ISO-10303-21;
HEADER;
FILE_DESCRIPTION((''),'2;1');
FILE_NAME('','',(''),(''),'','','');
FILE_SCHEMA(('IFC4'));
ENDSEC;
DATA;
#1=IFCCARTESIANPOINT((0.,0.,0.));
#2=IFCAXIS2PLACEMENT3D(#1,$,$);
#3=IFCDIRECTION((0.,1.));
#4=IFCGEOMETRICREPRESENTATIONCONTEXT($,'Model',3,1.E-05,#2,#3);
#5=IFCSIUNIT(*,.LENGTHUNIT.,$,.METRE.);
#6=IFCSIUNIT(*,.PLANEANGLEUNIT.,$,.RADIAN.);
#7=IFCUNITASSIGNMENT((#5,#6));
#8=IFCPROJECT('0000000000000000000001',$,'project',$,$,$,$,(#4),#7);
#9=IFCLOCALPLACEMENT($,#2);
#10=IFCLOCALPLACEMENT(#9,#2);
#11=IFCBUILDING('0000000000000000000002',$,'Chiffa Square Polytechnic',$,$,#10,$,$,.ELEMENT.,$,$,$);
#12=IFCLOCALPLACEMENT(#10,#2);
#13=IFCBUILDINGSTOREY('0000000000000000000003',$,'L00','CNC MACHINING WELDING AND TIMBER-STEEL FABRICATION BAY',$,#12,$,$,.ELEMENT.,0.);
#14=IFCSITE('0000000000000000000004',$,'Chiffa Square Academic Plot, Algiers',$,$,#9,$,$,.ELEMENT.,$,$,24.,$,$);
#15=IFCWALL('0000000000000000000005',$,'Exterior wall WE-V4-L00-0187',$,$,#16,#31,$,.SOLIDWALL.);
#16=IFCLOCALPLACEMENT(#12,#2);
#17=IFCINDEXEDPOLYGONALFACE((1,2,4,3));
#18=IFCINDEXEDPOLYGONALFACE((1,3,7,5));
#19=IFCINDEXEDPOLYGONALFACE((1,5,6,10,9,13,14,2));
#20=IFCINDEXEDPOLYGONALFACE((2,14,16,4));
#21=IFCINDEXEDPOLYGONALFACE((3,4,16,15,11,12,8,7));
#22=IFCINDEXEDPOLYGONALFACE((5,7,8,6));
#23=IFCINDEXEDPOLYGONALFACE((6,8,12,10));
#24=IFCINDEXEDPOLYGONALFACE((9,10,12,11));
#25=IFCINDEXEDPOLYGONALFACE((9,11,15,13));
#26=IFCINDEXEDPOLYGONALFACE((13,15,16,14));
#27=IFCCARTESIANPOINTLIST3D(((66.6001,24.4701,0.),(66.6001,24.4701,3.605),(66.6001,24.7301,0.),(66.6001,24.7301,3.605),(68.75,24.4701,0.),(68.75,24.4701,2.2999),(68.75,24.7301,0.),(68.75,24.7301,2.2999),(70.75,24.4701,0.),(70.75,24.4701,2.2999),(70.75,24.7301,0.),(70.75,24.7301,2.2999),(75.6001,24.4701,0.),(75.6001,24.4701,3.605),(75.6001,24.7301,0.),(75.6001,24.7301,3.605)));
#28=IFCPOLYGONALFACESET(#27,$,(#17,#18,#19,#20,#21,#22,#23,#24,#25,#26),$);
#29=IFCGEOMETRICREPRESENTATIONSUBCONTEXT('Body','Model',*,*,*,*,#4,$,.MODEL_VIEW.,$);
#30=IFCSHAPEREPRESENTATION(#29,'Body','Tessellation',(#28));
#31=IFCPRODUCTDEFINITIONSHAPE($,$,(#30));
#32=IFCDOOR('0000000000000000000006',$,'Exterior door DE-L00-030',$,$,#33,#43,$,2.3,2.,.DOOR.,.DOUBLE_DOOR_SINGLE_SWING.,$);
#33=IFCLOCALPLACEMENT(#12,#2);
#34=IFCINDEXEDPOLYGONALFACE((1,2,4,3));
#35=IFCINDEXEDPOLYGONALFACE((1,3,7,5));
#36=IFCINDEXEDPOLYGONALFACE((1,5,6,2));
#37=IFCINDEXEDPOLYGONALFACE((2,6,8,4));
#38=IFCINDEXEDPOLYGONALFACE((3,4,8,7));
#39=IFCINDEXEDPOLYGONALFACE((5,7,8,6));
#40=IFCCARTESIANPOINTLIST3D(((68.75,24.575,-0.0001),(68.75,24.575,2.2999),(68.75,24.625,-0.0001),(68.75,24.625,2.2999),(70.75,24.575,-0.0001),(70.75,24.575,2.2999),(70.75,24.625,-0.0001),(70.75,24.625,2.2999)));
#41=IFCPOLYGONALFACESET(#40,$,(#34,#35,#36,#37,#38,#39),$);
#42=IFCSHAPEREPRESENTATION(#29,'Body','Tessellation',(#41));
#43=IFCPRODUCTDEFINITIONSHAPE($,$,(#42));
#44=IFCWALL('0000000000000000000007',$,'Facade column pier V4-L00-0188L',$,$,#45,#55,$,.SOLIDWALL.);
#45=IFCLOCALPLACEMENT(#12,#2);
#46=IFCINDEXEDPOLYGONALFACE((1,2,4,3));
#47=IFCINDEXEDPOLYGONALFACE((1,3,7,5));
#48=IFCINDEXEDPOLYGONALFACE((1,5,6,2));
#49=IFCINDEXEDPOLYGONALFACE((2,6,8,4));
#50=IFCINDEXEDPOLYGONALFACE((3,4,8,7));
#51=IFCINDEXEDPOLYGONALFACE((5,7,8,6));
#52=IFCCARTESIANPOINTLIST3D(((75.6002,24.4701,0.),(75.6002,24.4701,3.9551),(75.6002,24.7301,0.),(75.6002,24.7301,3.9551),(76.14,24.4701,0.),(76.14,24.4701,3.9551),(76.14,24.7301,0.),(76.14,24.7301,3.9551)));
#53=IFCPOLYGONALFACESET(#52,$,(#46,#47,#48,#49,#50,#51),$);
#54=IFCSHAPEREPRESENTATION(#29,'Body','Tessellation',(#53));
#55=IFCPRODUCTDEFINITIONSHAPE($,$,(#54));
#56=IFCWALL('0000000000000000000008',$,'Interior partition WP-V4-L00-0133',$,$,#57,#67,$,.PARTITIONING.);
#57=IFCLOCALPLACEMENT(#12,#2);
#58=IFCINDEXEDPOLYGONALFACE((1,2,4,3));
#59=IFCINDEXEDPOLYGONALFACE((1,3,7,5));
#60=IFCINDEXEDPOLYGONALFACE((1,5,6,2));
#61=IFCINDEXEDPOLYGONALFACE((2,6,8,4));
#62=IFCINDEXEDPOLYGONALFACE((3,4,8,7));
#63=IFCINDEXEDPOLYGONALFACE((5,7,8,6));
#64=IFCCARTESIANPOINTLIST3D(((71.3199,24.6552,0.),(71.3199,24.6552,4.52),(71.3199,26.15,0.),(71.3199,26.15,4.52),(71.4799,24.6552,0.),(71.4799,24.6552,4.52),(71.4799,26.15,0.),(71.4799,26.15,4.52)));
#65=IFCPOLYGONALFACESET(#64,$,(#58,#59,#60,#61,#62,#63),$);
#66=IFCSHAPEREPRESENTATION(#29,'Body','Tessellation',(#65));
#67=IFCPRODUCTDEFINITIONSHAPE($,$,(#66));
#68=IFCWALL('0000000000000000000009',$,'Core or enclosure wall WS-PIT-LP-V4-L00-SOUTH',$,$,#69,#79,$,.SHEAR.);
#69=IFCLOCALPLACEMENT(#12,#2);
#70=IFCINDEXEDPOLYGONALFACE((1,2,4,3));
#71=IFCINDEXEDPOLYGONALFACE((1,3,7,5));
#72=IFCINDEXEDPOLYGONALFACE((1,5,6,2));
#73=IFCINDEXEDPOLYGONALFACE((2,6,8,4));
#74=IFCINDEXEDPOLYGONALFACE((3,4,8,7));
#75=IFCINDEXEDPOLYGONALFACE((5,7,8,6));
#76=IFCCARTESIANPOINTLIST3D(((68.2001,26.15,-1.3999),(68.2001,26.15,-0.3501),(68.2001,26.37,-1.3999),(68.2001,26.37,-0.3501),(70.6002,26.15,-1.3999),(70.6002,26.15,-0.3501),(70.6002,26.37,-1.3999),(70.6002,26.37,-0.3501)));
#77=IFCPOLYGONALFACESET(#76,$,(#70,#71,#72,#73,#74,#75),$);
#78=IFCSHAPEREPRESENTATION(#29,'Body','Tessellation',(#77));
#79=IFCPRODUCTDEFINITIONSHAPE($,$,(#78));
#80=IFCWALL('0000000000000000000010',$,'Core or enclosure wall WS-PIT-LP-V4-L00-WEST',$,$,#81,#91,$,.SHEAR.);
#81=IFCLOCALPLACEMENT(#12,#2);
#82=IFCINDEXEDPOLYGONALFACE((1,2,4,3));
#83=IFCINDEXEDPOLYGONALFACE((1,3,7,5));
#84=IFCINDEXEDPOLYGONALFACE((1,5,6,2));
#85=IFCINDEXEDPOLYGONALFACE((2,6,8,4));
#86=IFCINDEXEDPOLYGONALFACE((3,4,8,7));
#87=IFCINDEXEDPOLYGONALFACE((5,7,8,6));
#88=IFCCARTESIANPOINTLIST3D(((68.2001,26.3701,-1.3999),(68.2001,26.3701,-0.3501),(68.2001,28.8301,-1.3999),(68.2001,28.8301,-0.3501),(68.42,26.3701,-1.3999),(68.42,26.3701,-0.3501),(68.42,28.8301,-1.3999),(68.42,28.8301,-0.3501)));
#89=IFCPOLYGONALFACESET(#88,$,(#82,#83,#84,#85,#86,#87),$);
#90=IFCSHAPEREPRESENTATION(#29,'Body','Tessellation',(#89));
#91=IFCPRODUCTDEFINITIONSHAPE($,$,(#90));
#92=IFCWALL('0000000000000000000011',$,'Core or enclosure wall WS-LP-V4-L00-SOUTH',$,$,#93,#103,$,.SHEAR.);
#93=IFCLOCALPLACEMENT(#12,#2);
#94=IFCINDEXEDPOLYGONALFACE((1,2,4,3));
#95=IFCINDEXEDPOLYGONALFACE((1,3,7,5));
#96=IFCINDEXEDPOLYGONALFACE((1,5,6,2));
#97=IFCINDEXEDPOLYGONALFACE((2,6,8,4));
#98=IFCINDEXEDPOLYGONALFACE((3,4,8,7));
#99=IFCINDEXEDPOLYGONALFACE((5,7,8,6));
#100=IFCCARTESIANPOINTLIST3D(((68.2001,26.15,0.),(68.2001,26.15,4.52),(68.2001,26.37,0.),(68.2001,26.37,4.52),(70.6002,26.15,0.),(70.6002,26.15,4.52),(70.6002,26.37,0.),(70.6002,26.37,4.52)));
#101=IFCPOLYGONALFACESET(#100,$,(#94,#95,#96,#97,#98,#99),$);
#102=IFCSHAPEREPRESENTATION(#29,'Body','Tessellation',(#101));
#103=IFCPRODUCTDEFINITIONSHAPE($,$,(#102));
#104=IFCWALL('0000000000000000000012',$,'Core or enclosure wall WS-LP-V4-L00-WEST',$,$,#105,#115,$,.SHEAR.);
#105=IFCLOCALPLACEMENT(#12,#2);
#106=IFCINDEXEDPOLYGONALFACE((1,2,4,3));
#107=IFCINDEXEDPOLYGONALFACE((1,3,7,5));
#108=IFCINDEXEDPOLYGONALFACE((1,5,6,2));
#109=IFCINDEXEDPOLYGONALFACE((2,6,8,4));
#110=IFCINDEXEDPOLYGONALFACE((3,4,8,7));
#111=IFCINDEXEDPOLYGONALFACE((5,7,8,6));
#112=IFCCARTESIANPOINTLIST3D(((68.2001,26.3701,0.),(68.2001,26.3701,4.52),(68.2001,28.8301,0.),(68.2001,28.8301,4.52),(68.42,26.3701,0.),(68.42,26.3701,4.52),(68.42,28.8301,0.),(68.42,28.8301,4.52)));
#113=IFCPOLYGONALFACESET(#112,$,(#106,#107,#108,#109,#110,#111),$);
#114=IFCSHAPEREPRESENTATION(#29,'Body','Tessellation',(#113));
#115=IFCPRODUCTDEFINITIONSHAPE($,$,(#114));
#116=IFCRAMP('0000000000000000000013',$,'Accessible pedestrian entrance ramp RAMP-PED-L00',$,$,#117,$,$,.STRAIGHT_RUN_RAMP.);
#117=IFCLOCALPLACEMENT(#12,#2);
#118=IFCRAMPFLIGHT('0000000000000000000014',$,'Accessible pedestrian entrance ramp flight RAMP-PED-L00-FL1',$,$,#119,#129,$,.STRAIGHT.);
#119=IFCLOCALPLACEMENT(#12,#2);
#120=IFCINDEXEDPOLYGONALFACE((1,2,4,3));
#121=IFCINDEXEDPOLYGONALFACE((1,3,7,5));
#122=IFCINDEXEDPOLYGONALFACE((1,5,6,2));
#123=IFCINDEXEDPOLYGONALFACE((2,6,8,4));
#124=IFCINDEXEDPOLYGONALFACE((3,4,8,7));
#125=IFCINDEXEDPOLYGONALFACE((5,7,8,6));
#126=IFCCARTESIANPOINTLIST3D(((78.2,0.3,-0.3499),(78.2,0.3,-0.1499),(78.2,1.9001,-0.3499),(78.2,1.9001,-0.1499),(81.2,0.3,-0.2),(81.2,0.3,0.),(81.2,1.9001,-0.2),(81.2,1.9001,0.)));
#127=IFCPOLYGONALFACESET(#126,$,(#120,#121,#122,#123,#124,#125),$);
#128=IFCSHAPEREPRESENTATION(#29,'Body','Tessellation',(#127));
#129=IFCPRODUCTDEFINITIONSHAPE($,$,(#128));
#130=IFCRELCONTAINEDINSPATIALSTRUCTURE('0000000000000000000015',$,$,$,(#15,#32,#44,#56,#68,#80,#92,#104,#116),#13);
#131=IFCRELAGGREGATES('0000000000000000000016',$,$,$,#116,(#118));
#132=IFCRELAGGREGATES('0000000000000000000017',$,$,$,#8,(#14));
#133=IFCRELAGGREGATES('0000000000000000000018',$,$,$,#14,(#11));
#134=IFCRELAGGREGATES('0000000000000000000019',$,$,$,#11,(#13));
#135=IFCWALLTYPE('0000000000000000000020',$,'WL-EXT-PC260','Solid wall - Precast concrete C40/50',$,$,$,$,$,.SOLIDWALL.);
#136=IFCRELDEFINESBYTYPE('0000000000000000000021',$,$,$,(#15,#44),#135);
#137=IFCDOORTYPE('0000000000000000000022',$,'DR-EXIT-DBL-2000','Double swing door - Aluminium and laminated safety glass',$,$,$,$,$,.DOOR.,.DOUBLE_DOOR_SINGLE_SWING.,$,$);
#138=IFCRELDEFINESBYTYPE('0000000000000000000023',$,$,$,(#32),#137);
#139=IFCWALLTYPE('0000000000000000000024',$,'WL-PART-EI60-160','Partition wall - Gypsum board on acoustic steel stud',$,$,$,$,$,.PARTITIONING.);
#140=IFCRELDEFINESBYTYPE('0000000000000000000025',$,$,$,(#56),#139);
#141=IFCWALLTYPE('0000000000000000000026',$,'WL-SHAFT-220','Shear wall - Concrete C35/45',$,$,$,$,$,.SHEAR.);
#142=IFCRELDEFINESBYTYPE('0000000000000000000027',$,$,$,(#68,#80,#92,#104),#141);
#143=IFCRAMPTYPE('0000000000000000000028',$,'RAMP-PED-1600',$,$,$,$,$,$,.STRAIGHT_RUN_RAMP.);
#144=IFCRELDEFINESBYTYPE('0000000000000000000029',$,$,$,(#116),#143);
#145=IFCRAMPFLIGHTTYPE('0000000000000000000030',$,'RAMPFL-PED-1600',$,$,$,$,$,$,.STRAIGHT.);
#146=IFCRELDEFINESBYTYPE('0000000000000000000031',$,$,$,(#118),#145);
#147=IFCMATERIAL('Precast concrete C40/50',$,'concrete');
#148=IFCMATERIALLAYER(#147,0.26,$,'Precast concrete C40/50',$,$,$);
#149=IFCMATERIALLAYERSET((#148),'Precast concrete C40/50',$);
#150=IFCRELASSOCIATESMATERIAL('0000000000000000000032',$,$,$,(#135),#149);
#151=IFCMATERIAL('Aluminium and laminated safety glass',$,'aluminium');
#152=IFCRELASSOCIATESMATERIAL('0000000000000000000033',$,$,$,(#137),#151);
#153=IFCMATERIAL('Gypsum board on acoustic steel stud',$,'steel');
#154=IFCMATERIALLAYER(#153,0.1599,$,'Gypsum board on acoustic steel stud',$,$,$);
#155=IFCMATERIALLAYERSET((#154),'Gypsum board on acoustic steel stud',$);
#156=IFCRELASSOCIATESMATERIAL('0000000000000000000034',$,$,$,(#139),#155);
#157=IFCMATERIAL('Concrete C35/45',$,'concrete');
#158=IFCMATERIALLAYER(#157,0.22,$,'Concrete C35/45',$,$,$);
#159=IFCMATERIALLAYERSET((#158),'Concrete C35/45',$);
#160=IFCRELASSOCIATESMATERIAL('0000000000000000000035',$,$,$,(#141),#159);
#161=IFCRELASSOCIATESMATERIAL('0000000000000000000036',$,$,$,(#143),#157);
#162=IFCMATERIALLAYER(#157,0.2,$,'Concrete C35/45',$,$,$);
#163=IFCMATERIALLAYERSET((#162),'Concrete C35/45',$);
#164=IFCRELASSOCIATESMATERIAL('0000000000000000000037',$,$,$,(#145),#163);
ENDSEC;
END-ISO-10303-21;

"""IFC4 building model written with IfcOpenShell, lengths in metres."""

from ifc_helpers import new_model, si_unit, direction, frame, frame_2d, origin, place, context, subcontext, project, spatial, polyline, rectangle, outline, extrude, material, layer, layer_set, type_object, element, fill, aggregate, save


model = new_model("IFC4")

# Units and contexts
model_context = context("Model", 3, precision=1e-05, world=origin(), true_north=direction((0.0, 1.0)))
body_context = subcontext(model_context, "Body", "Model", "MODEL_VIEW")
ifc_project = project(units=[si_unit("LENGTHUNIT", "METRE"), si_unit("PLANEANGLEUNIT", "RADIAN")], contexts=[model_context])

# Site, building, storey
site_placement = place(None, origin())
site = spatial("IfcSite", under=ifc_project, at=site_placement, Name="Chiffa Square Academic Plot, Algiers", CompositionType="ELEMENT", RefElevation=24.0)
building_placement = place(site_placement, origin())
building = spatial("IfcBuilding", under=site, at=building_placement, Name="Chiffa Square Polytechnic", CompositionType="ELEMENT")
storey_placement = place(building_placement, origin())
storey = spatial("IfcBuildingStorey", under=building, at=storey_placement, Name="L00", Description="CNC MACHINING WELDING AND TIMBER-STEEL FABRICATION BAY", CompositionType="ELEMENT", Elevation=0.0)

# Shared definitions
ifc_material_1 = material(Name="Concrete C35/45", Category="concrete")

# Wall, opening, door
ifc_material_2 = material(Name="Precast concrete C40/50", Category="concrete")
ifc_layer_1 = layer(ifc_material_2, 0.26, Name="Precast concrete C40/50")
ifc_layer_set_1 = layer_set([ifc_layer_1], Name="Precast concrete C40/50")
wall_type_1 = type_object("IfcWallType", Name="WL-EXT-PC260", Description="Solid wall - Precast concrete C40/50", PredefinedType="SOLIDWALL", material=ifc_layer_set_1)
wall_1_placement = place(storey_placement, frame((66.6001, 24.6001, 0.0), z_axis=(0.0, 0.0, 1.0), x_axis=(1.0, 0.0, 0.0)))
wall_1 = element("IfcWall", 1, at=wall_1_placement, inside=storey, type_object=wall_type_1, Name="Exterior wall WE-V4-L00-0187", PredefinedType="SOLIDWALL", context=body_context, shape_type="SweptSolid", body=[
    extrude(rectangle(XDim=9.0, YDim=0.26, at=frame_2d((4.5, 0.0))), origin(), (0.0, 0.0, 1.0), 3.605),
])
opening_placement = place(wall_1_placement, frame((2.1499, 0.0, 0.0)))
opening = element("IfcOpeningElement", 2, at=opening_placement, cuts=wall_1, PredefinedType="OPENING", context=body_context, shape_type="SweptSolid", body=[
    extrude(rectangle(XDim=2.0, YDim=2.3, at=frame_2d((1.0, 1.1499))), frame((0.0, 0.1401, 0.0), z_axis=(0.0, -1.0, 0.0), x_axis=(1.0, 0.0, 0.0)), (0.0, 0.0, 1.0), 0.28),
])
ifc_material_3 = material(Name="Aluminium and laminated safety glass", Category="aluminium")
door_type = type_object("IfcDoorType", Name="DR-EXIT-DBL-2000", Description="Double swing door - Aluminium and laminated safety glass", OperationType="DOUBLE_DOOR_SINGLE_SWING", PredefinedType="DOOR", material=ifc_material_3)
door_placement = place(opening_placement, origin())
door = element("IfcDoor", 3, at=door_placement, inside=storey, type_object=door_type, Name="Exterior door DE-L00-030", OperationType="DOUBLE_DOOR_SINGLE_SWING", OverallHeight=2.3, OverallWidth=2.0, PredefinedType="DOOR", context=body_context, shape_type="SweptSolid", body=[
    extrude(rectangle(XDim=2.0, YDim=2.3, at=frame_2d((1.0, 1.1499))), frame((0.0, 0.0249, 0.0), z_axis=(0.0, -1.0, 0.0), x_axis=(1.0, 0.0, 0.0)), (0.0, 0.0, 1.0), 0.05),
])
fill(opening, door)

# Walls
wall_2_placement = place(storey_placement, frame((75.6001, 24.6001, 0.0), z_axis=(0.0, 0.0, 1.0), x_axis=(1.0, 0.0, 0.0)))
element("IfcWall", 4, at=wall_2_placement, inside=storey, type_object=wall_type_1, Name="Facade column pier V4-L00-0188L", PredefinedType="SOLIDWALL", context=body_context, shape_type="SweptSolid", body=[
    extrude(rectangle(XDim=0.5398, YDim=0.26, at=frame_2d((0.27, 0.0))), origin(), (0.0, 0.0, 1.0), 3.9551),
])
ifc_material_4 = material(Name="Gypsum board on acoustic steel stud", Category="steel")
ifc_layer_2 = layer(ifc_material_4, 0.1599, Name="Gypsum board on acoustic steel stud")
ifc_layer_set_2 = layer_set([ifc_layer_2], Name="Gypsum board on acoustic steel stud")
wall_type_2 = type_object("IfcWallType", Name="WL-PART-EI60-160", Description="Partition wall - Gypsum board on acoustic steel stud", PredefinedType="PARTITIONING", material=ifc_layer_set_2)
wall_3_placement = place(storey_placement, frame((71.3999, 24.655, 0.0), z_axis=(0.0, 0.0, 1.0), x_axis=(0.0, 1.0, 0.0)))
element("IfcWall", 5, at=wall_3_placement, inside=storey, type_object=wall_type_2, Name="Interior partition WP-V4-L00-0133", PredefinedType="PARTITIONING", context=body_context, shape_type="SweptSolid", body=[
    extrude(rectangle(XDim=1.4949, YDim=0.1599, at=frame_2d((0.7476, 0.0))), origin(), (0.0, 0.0, 1.0), 4.52),
])
ifc_layer_3 = layer(ifc_material_1, 0.22, Name="Concrete C35/45")
ifc_layer_set_3 = layer_set([ifc_layer_3], Name="Concrete C35/45")
wall_type_3 = type_object("IfcWallType", Name="WL-SHAFT-220", Description="Shear wall - Concrete C35/45", PredefinedType="SHEAR", material=ifc_layer_set_3)
wall_4_placement = place(storey_placement, frame((68.2, 26.26, -1.3999), z_axis=(0.0, 0.0, 1.0), x_axis=(1.0, 0.0, 0.0)))
element("IfcWall", 6, at=wall_4_placement, inside=storey, type_object=wall_type_3, Name="Core or enclosure wall WS-PIT-LP-V4-L00-SOUTH", PredefinedType="SHEAR", context=body_context, shape_type="SweptSolid", body=[
    extrude(rectangle(XDim=2.4001, YDim=0.22, at=frame_2d((1.2002, 0.0))), origin(), (0.0, 0.0, 1.0), 1.0498),
])
wall_5_placement = place(storey_placement, frame((68.3101, 26.3701, -1.3999), z_axis=(0.0, 0.0, 1.0), x_axis=(0.0, 1.0, 0.0)))
element("IfcWall", 7, at=wall_5_placement, inside=storey, type_object=wall_type_3, Name="Core or enclosure wall WS-PIT-LP-V4-L00-WEST", PredefinedType="SHEAR", context=body_context, shape_type="SweptSolid", body=[
    extrude(rectangle(XDim=2.46, YDim=0.22, at=frame_2d((1.23, 0.0))), origin(), (0.0, 0.0, 1.0), 1.0498),
])
wall_6_placement = place(storey_placement, frame((68.2, 26.26, 0.0), z_axis=(0.0, 0.0, 1.0), x_axis=(1.0, 0.0, 0.0)))
element("IfcWall", 8, at=wall_6_placement, inside=storey, type_object=wall_type_3, Name="Core or enclosure wall WS-LP-V4-L00-SOUTH", PredefinedType="SHEAR", context=body_context, shape_type="SweptSolid", body=[
    extrude(rectangle(XDim=2.4001, YDim=0.22, at=frame_2d((1.2002, 0.0))), origin(), (0.0, 0.0, 1.0), 4.52),
])
wall_7_placement = place(storey_placement, frame((68.3101, 26.3701, 0.0), z_axis=(0.0, 0.0, 1.0), x_axis=(0.0, 1.0, 0.0)))
element("IfcWall", 9, at=wall_7_placement, inside=storey, type_object=wall_type_3, Name="Core or enclosure wall WS-LP-V4-L00-WEST", PredefinedType="SHEAR", context=body_context, shape_type="SweptSolid", body=[
    extrude(rectangle(XDim=2.46, YDim=0.22, at=frame_2d((1.23, 0.0))), origin(), (0.0, 0.0, 1.0), 4.52),
])

# Ramp, ramp flight
ramp_type = type_object("IfcRampType", Name="RAMP-PED-1600", PredefinedType="STRAIGHT_RUN_RAMP", material=ifc_material_1)
ramp_placement = place(storey_placement, origin())
ramp = element("IfcRamp", 10, at=ramp_placement, inside=storey, type_object=ramp_type, Name="Accessible pedestrian entrance ramp RAMP-PED-L00", PredefinedType="STRAIGHT_RUN_RAMP")
ifc_layer_4 = layer(ifc_material_1, 0.2, Name="Concrete C35/45")
ifc_layer_set_4 = layer_set([ifc_layer_4], Name="Concrete C35/45")
ramp_flight_type = type_object("IfcRampFlightType", Name="RAMPFL-PED-1600", PredefinedType="STRAIGHT", material=ifc_layer_set_4)
ramp_flight_placement = place(storey_placement, frame((78.2, 1.1001, -0.1499), z_axis=(0.0, 0.0, 1.0), x_axis=(1.0, 0.0, 0.0)))
ramp_flight = element("IfcRampFlight", 11, at=ramp_flight_placement, type_object=ramp_flight_type, Name="Accessible pedestrian entrance ramp flight RAMP-PED-L00-FL1", PredefinedType="STRAIGHT", context=body_context, shape_type="SweptSolid", body=[
    extrude(outline(polyline([(0.0, 0.0), (3.0, 0.1499), (3.0, -0.05), (0.0, -0.2), (0.0, 0.0)])), frame((0.0, 0.8, 0.0), z_axis=(0.0, -1.0, 0.0), x_axis=(1.0, 0.0, 0.0)), (0.0, 0.0, 1.0), 1.6001),
])
aggregate(ramp, [ramp_flight])

save(model, "model.ifc")
